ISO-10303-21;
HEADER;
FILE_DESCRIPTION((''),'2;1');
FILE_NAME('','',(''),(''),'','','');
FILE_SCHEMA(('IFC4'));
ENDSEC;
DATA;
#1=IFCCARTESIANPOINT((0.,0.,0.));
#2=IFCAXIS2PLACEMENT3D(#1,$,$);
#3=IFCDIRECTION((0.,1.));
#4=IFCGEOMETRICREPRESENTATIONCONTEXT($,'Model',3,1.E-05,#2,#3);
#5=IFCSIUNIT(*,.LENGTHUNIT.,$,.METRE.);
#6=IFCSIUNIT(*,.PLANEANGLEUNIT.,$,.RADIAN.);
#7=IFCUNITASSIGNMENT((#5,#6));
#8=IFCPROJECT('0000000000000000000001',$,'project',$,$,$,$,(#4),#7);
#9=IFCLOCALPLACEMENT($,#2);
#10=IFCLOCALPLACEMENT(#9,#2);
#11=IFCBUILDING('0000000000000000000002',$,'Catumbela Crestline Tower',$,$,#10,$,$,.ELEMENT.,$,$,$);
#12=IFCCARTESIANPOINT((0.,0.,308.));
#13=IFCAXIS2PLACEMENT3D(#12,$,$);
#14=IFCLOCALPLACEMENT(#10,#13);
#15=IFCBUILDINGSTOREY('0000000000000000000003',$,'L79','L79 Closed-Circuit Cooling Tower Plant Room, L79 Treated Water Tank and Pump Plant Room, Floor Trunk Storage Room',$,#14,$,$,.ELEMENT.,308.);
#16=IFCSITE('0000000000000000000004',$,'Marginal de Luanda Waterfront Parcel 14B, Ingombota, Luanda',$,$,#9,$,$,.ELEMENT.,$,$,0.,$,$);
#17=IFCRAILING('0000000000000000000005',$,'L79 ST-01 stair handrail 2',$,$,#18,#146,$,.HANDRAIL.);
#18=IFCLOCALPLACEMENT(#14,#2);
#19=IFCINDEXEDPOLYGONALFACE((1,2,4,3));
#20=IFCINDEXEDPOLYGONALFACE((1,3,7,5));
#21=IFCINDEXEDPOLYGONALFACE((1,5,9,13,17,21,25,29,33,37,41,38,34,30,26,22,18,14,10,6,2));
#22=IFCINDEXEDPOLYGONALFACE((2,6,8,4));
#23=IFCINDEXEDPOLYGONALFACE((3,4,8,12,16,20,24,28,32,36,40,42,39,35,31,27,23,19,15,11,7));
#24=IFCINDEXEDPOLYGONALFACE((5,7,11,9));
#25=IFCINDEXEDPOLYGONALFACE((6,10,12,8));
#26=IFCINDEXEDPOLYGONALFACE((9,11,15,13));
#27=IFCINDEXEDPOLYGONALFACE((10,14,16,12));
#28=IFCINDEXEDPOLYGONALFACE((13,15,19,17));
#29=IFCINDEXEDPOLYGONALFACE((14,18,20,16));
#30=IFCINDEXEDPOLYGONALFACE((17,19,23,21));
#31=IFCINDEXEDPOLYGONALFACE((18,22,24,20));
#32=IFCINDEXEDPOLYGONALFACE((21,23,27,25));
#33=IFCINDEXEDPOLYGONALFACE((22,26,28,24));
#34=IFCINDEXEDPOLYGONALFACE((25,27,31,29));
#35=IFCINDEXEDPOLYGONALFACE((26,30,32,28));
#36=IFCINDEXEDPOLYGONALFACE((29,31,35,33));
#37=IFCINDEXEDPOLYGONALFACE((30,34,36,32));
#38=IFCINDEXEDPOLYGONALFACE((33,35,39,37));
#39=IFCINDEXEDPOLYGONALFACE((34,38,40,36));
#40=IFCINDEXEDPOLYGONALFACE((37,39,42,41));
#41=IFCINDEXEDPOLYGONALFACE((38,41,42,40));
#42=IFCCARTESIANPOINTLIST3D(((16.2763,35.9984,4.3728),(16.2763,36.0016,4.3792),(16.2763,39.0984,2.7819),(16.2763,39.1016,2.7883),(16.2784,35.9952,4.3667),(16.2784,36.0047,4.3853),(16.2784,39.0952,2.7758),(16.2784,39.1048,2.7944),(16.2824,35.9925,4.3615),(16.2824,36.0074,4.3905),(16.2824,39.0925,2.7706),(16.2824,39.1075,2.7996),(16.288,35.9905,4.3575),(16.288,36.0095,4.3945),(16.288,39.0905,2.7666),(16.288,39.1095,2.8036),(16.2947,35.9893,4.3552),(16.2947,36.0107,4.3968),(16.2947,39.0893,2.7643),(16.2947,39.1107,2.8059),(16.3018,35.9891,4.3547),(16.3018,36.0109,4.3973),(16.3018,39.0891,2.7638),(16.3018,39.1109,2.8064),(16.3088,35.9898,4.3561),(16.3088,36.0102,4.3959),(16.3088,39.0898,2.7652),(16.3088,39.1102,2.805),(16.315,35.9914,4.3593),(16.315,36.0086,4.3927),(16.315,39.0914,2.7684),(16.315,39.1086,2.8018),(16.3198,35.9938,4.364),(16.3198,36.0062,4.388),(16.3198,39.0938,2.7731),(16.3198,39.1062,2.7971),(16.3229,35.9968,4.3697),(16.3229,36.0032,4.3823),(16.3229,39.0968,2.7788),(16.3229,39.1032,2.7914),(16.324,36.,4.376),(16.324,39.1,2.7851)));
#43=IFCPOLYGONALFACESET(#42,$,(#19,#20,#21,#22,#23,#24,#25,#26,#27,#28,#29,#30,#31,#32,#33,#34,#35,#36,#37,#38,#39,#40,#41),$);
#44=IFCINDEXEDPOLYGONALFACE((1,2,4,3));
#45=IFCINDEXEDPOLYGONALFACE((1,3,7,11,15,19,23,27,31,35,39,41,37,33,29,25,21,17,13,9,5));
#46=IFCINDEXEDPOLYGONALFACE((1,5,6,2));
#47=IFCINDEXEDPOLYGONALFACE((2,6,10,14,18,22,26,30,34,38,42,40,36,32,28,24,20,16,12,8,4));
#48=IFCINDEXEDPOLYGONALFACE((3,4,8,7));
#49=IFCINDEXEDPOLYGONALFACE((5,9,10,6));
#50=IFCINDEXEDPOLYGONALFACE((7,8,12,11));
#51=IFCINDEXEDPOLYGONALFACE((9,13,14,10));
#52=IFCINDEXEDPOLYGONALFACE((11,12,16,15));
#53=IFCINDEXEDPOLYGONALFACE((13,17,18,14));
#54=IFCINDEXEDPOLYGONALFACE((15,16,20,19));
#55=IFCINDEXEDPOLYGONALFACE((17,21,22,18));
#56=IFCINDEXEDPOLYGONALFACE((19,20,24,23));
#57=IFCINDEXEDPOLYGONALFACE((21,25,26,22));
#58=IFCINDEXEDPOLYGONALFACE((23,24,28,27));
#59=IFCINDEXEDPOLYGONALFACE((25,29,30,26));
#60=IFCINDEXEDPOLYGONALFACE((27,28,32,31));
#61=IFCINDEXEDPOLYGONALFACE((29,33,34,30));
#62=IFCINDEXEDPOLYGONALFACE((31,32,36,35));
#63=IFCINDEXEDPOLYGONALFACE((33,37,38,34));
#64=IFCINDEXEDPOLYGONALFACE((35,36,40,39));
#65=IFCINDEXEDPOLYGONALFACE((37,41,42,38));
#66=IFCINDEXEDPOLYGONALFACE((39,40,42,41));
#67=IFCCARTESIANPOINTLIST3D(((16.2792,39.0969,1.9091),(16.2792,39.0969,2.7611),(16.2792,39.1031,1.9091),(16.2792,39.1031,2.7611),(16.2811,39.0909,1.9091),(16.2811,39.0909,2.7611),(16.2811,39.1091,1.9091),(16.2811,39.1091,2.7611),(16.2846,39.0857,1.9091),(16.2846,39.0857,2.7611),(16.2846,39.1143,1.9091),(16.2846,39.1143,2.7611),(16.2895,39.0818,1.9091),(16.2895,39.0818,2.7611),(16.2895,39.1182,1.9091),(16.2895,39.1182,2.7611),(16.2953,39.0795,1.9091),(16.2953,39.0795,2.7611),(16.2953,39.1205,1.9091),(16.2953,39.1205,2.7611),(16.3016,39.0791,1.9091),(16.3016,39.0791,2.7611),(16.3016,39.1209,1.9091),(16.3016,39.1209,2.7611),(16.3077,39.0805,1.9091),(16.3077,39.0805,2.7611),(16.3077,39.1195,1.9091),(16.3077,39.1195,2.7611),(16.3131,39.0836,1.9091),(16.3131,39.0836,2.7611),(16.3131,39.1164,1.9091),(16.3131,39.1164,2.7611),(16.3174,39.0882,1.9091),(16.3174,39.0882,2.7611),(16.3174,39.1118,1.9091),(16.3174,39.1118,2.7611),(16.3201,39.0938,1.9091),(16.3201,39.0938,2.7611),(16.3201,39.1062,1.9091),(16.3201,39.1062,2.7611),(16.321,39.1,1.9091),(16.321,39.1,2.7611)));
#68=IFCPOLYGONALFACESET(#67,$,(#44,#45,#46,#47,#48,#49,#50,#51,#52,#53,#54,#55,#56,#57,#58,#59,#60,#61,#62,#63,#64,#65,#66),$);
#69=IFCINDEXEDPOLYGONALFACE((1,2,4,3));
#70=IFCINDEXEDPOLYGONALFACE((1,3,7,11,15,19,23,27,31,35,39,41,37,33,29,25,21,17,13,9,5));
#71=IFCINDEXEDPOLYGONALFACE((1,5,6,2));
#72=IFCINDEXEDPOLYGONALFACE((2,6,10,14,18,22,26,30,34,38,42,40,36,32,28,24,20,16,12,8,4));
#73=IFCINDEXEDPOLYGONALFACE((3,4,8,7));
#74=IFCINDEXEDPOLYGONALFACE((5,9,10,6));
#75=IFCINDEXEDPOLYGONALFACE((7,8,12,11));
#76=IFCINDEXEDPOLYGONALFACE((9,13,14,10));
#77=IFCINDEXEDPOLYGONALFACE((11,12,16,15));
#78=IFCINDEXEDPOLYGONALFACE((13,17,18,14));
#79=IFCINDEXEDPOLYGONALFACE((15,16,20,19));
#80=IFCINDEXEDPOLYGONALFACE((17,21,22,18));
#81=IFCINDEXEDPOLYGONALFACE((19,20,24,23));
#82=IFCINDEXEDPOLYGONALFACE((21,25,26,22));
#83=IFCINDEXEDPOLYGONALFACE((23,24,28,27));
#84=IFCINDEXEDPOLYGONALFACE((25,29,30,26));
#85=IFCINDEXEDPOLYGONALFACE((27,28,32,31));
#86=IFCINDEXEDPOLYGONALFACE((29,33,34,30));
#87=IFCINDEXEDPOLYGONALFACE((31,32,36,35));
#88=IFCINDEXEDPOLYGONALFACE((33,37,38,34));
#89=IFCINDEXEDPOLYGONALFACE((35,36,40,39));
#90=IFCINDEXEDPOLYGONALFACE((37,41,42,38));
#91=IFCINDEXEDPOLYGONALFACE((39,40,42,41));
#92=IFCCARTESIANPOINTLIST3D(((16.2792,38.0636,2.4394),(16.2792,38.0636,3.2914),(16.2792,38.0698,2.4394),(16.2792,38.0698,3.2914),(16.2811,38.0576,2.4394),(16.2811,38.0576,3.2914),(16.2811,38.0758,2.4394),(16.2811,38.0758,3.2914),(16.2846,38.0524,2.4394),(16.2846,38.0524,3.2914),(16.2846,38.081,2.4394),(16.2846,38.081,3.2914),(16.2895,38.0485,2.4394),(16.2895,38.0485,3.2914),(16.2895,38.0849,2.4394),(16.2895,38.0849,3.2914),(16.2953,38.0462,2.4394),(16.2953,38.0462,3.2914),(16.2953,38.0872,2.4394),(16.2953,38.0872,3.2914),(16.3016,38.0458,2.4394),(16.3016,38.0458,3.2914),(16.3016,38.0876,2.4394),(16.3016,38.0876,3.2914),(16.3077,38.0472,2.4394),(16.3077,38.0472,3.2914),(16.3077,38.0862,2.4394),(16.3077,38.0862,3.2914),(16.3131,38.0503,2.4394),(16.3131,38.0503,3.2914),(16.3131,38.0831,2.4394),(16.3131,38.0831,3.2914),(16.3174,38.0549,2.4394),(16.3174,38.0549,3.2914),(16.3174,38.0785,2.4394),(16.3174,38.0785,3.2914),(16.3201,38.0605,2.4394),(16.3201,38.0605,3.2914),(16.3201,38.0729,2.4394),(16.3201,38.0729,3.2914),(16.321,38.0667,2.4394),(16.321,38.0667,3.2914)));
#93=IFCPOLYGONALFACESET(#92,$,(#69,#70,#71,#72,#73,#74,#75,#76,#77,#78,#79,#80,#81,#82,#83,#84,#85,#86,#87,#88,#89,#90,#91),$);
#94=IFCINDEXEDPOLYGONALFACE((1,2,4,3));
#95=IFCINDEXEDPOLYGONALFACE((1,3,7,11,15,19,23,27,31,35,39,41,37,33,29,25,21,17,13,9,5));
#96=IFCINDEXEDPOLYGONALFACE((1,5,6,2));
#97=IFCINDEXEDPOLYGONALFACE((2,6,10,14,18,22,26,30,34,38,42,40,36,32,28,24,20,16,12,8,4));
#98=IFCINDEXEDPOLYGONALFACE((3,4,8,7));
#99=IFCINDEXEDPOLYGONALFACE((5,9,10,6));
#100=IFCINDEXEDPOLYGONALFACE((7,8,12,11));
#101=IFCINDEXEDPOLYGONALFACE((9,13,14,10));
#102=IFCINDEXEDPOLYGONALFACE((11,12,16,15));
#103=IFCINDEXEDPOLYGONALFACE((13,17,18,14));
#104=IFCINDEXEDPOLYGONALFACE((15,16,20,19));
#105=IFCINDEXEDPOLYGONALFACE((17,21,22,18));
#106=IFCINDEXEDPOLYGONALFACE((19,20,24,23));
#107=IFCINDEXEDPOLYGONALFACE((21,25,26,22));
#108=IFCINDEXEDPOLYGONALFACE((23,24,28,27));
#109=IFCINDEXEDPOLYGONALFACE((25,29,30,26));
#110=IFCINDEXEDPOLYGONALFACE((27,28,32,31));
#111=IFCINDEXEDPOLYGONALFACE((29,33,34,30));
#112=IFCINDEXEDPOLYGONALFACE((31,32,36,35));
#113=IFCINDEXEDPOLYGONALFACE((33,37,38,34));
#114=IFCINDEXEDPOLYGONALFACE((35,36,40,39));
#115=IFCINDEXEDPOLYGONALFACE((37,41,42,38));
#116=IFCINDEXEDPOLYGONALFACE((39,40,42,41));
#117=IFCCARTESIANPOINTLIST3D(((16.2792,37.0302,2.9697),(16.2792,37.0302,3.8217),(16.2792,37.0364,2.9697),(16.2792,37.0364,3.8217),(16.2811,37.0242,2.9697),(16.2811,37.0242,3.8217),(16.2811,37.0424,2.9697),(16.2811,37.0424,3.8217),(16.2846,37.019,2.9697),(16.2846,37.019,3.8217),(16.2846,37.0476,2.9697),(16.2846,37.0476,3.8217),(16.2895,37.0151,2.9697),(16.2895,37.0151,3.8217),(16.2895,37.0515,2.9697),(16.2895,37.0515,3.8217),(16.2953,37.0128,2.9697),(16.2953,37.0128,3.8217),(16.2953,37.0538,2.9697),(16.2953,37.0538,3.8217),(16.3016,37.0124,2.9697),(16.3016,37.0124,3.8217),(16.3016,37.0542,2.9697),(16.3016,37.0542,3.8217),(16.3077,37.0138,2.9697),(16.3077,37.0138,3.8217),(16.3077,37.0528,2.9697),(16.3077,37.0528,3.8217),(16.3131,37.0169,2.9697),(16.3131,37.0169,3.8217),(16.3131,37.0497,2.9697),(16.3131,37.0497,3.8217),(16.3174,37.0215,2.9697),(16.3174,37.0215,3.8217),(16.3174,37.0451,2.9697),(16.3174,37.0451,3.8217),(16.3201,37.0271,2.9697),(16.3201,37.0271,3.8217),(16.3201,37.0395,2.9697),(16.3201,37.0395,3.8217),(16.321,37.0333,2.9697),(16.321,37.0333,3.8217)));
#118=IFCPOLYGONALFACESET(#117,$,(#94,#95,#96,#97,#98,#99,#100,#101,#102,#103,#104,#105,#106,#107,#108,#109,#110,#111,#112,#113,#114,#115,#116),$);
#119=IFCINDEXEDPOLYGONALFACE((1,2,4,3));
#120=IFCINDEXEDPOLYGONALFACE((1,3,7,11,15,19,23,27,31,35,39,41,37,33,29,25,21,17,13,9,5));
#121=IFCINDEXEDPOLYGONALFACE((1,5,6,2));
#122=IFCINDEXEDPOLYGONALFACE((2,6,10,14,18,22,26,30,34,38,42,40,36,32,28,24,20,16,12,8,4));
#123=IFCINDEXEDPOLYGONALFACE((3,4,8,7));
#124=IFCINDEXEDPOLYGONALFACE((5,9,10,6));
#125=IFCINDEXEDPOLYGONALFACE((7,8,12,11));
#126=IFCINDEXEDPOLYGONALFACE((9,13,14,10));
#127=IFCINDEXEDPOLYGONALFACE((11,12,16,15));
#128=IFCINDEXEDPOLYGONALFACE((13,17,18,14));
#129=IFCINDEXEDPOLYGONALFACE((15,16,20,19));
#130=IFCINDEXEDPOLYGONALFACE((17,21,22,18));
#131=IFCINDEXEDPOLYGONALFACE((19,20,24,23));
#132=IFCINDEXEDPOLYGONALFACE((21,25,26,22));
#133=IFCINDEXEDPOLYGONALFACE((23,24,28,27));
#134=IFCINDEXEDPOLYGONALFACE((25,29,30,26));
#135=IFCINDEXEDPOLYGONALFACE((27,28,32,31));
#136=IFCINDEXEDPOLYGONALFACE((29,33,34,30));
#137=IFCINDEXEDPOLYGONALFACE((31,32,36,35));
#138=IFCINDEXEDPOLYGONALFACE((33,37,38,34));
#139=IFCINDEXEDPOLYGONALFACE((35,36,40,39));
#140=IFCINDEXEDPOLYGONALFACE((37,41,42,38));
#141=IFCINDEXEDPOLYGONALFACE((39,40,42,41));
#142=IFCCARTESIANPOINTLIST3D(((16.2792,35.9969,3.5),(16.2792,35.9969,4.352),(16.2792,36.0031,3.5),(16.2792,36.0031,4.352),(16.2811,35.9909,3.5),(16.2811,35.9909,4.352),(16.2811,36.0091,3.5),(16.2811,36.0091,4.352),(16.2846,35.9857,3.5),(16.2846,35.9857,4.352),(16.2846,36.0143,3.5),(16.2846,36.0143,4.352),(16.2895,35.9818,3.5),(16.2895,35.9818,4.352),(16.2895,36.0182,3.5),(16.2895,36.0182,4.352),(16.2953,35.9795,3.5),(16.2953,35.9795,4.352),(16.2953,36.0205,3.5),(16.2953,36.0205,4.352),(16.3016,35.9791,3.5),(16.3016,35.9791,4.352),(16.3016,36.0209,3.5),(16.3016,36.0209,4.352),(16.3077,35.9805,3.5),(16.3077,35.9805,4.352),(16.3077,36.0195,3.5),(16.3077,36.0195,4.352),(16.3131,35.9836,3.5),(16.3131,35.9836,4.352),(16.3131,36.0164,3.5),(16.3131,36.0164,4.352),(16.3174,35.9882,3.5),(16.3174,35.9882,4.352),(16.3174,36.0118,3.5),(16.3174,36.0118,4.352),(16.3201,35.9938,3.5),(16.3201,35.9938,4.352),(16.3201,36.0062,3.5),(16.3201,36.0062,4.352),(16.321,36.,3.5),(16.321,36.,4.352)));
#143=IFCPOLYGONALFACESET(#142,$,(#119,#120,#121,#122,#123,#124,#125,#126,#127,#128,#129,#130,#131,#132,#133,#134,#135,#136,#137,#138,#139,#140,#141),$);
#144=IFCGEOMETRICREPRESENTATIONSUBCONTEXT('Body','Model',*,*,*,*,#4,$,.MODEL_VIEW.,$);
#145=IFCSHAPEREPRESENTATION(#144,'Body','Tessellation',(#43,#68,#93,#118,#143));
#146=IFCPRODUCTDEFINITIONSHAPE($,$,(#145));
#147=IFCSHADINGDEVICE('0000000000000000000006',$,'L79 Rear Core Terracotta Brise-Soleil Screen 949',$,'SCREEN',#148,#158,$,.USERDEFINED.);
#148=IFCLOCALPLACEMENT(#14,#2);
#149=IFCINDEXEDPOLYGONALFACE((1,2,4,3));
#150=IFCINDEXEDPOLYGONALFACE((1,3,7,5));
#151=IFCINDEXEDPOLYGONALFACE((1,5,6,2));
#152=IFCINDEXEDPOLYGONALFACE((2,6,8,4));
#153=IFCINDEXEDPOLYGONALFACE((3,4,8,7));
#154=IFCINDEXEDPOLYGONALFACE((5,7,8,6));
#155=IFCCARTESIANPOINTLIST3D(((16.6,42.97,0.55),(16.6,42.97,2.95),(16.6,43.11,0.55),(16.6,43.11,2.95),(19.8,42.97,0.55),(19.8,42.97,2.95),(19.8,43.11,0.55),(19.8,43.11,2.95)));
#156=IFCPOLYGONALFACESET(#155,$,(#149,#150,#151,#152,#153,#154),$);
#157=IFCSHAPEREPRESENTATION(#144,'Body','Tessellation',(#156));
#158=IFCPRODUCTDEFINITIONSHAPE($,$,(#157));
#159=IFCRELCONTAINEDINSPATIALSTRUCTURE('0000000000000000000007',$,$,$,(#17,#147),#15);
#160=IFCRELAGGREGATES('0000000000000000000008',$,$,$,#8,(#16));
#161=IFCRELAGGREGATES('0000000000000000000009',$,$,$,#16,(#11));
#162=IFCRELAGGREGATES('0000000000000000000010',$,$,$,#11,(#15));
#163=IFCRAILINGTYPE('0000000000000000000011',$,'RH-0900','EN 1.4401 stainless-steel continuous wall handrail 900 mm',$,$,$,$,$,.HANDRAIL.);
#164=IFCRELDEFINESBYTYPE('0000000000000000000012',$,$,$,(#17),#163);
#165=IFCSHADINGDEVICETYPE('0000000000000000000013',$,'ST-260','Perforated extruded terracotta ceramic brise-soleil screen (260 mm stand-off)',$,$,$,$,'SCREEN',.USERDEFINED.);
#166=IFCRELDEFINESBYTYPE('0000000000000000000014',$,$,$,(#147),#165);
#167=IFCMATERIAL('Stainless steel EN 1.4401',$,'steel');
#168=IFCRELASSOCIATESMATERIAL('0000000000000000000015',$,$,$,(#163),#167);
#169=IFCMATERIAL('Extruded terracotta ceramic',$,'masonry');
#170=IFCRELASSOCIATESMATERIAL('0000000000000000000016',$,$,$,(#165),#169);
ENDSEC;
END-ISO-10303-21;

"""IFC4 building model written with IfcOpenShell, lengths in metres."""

from ifc_helpers import new_model, si_unit, direction, frame, origin, origin_2d, place, context, subcontext, project, spatial, rectangle, circle, extrude, material, type_object, element, save


model = new_model("IFC4")

# Units and contexts
model_context = context("Model", 3, precision=1e-05, world=origin(), true_north=direction((0.0, 1.0)))
body_context = subcontext(model_context, "Body", "Model", "MODEL_VIEW")
ifc_project = project(units=[si_unit("LENGTHUNIT", "METRE"), si_unit("PLANEANGLEUNIT", "RADIAN")], contexts=[model_context])

# Site, building, storey
site_placement = place(None, origin())
site = spatial("IfcSite", under=ifc_project, at=site_placement, Name="Marginal de Luanda Waterfront Parcel 14B, Ingombota, Luanda", CompositionType="ELEMENT", RefElevation=0.0)
building_placement = place(site_placement, origin())
building = spatial("IfcBuilding", under=site, at=building_placement, Name="Catumbela Crestline Tower", CompositionType="ELEMENT")
storey_placement = place(building_placement, frame((0.0, 0.0, 308.0)))
storey = spatial("IfcBuildingStorey", under=building, at=storey_placement, Name="L79", Description="L79 Closed-Circuit Cooling Tower Plant Room, L79 Treated Water Tank and Pump Plant Room, Floor Trunk Storage Room", CompositionType="ELEMENT", Elevation=308.0)

# Shared definitions
ifc_material_1 = material(Name="Stainless steel EN 1.4401", Category="steel")

# Railing
railing_type_1 = type_object("IfcRailingType", Name="RH-0900", Description="EN 1.4401 stainless-steel continuous wall handrail 900 mm", PredefinedType="HANDRAIL", material=ifc_material_1)
railing_1_placement = place(storey_placement, frame((16.3, 39.1, 1.9091)))
element("IfcRailing", 1, at=railing_1_placement, inside=storey, type_object=railing_type_1, Name="L79 ST-01 stair handrail 2", PredefinedType="HANDRAIL", context=body_context, shape_type="SweptSolid", body=[
    extrude(circle(Radius=0.024, at=origin_2d()), frame((0.0, 0.0, 0.876), z_axis=(0.0, -0.889683, 0.456579), x_axis=(1.0, 0.0, 0.0)), (0.0, 0.0, 1.0), 3.4844),
    extrude(circle(Radius=0.021, at=origin_2d()), origin(), (0.0, 0.0, 1.0), 0.852),
    extrude(circle(Radius=0.021, at=origin_2d()), frame((0.0, -1.0333, 0.5303)), (0.0, 0.0, 1.0), 0.852),
    extrude(circle(Radius=0.021, at=origin_2d()), frame((0.0, -2.0667, 1.0606)), (0.0, 0.0, 1.0), 0.852),
    extrude(circle(Radius=0.021, at=origin_2d()), frame((0.0, -3.1, 1.5909)), (0.0, 0.0, 1.0), 0.852),
])

# Shading device
ifc_material_2 = material(Name="Extruded terracotta ceramic", Category="masonry")
shading_device_type = type_object("IfcShadingDeviceType", Name="ST-260", Description="Perforated extruded terracotta ceramic brise-soleil screen (260 mm stand-off)", ElementType="SCREEN", PredefinedType="USERDEFINED", material=ifc_material_2)
shading_device_placement = place(storey_placement, frame((18.2, 43.04, 0.55), z_axis=(0.0, 0.0, 1.0), x_axis=(1.0, 0.0, 0.0)))
element("IfcShadingDevice", 2, at=shading_device_placement, inside=storey, type_object=shading_device_type, Name="L79 Rear Core Terracotta Brise-Soleil Screen 949", ObjectType="SCREEN", PredefinedType="USERDEFINED", context=body_context, shape_type="SweptSolid", body=[
    extrude(rectangle(XDim=3.2, YDim=0.14, at=origin_2d()), origin(), (0.0, 0.0, 1.0), 2.4),
])

save(model, "model.ifc")
